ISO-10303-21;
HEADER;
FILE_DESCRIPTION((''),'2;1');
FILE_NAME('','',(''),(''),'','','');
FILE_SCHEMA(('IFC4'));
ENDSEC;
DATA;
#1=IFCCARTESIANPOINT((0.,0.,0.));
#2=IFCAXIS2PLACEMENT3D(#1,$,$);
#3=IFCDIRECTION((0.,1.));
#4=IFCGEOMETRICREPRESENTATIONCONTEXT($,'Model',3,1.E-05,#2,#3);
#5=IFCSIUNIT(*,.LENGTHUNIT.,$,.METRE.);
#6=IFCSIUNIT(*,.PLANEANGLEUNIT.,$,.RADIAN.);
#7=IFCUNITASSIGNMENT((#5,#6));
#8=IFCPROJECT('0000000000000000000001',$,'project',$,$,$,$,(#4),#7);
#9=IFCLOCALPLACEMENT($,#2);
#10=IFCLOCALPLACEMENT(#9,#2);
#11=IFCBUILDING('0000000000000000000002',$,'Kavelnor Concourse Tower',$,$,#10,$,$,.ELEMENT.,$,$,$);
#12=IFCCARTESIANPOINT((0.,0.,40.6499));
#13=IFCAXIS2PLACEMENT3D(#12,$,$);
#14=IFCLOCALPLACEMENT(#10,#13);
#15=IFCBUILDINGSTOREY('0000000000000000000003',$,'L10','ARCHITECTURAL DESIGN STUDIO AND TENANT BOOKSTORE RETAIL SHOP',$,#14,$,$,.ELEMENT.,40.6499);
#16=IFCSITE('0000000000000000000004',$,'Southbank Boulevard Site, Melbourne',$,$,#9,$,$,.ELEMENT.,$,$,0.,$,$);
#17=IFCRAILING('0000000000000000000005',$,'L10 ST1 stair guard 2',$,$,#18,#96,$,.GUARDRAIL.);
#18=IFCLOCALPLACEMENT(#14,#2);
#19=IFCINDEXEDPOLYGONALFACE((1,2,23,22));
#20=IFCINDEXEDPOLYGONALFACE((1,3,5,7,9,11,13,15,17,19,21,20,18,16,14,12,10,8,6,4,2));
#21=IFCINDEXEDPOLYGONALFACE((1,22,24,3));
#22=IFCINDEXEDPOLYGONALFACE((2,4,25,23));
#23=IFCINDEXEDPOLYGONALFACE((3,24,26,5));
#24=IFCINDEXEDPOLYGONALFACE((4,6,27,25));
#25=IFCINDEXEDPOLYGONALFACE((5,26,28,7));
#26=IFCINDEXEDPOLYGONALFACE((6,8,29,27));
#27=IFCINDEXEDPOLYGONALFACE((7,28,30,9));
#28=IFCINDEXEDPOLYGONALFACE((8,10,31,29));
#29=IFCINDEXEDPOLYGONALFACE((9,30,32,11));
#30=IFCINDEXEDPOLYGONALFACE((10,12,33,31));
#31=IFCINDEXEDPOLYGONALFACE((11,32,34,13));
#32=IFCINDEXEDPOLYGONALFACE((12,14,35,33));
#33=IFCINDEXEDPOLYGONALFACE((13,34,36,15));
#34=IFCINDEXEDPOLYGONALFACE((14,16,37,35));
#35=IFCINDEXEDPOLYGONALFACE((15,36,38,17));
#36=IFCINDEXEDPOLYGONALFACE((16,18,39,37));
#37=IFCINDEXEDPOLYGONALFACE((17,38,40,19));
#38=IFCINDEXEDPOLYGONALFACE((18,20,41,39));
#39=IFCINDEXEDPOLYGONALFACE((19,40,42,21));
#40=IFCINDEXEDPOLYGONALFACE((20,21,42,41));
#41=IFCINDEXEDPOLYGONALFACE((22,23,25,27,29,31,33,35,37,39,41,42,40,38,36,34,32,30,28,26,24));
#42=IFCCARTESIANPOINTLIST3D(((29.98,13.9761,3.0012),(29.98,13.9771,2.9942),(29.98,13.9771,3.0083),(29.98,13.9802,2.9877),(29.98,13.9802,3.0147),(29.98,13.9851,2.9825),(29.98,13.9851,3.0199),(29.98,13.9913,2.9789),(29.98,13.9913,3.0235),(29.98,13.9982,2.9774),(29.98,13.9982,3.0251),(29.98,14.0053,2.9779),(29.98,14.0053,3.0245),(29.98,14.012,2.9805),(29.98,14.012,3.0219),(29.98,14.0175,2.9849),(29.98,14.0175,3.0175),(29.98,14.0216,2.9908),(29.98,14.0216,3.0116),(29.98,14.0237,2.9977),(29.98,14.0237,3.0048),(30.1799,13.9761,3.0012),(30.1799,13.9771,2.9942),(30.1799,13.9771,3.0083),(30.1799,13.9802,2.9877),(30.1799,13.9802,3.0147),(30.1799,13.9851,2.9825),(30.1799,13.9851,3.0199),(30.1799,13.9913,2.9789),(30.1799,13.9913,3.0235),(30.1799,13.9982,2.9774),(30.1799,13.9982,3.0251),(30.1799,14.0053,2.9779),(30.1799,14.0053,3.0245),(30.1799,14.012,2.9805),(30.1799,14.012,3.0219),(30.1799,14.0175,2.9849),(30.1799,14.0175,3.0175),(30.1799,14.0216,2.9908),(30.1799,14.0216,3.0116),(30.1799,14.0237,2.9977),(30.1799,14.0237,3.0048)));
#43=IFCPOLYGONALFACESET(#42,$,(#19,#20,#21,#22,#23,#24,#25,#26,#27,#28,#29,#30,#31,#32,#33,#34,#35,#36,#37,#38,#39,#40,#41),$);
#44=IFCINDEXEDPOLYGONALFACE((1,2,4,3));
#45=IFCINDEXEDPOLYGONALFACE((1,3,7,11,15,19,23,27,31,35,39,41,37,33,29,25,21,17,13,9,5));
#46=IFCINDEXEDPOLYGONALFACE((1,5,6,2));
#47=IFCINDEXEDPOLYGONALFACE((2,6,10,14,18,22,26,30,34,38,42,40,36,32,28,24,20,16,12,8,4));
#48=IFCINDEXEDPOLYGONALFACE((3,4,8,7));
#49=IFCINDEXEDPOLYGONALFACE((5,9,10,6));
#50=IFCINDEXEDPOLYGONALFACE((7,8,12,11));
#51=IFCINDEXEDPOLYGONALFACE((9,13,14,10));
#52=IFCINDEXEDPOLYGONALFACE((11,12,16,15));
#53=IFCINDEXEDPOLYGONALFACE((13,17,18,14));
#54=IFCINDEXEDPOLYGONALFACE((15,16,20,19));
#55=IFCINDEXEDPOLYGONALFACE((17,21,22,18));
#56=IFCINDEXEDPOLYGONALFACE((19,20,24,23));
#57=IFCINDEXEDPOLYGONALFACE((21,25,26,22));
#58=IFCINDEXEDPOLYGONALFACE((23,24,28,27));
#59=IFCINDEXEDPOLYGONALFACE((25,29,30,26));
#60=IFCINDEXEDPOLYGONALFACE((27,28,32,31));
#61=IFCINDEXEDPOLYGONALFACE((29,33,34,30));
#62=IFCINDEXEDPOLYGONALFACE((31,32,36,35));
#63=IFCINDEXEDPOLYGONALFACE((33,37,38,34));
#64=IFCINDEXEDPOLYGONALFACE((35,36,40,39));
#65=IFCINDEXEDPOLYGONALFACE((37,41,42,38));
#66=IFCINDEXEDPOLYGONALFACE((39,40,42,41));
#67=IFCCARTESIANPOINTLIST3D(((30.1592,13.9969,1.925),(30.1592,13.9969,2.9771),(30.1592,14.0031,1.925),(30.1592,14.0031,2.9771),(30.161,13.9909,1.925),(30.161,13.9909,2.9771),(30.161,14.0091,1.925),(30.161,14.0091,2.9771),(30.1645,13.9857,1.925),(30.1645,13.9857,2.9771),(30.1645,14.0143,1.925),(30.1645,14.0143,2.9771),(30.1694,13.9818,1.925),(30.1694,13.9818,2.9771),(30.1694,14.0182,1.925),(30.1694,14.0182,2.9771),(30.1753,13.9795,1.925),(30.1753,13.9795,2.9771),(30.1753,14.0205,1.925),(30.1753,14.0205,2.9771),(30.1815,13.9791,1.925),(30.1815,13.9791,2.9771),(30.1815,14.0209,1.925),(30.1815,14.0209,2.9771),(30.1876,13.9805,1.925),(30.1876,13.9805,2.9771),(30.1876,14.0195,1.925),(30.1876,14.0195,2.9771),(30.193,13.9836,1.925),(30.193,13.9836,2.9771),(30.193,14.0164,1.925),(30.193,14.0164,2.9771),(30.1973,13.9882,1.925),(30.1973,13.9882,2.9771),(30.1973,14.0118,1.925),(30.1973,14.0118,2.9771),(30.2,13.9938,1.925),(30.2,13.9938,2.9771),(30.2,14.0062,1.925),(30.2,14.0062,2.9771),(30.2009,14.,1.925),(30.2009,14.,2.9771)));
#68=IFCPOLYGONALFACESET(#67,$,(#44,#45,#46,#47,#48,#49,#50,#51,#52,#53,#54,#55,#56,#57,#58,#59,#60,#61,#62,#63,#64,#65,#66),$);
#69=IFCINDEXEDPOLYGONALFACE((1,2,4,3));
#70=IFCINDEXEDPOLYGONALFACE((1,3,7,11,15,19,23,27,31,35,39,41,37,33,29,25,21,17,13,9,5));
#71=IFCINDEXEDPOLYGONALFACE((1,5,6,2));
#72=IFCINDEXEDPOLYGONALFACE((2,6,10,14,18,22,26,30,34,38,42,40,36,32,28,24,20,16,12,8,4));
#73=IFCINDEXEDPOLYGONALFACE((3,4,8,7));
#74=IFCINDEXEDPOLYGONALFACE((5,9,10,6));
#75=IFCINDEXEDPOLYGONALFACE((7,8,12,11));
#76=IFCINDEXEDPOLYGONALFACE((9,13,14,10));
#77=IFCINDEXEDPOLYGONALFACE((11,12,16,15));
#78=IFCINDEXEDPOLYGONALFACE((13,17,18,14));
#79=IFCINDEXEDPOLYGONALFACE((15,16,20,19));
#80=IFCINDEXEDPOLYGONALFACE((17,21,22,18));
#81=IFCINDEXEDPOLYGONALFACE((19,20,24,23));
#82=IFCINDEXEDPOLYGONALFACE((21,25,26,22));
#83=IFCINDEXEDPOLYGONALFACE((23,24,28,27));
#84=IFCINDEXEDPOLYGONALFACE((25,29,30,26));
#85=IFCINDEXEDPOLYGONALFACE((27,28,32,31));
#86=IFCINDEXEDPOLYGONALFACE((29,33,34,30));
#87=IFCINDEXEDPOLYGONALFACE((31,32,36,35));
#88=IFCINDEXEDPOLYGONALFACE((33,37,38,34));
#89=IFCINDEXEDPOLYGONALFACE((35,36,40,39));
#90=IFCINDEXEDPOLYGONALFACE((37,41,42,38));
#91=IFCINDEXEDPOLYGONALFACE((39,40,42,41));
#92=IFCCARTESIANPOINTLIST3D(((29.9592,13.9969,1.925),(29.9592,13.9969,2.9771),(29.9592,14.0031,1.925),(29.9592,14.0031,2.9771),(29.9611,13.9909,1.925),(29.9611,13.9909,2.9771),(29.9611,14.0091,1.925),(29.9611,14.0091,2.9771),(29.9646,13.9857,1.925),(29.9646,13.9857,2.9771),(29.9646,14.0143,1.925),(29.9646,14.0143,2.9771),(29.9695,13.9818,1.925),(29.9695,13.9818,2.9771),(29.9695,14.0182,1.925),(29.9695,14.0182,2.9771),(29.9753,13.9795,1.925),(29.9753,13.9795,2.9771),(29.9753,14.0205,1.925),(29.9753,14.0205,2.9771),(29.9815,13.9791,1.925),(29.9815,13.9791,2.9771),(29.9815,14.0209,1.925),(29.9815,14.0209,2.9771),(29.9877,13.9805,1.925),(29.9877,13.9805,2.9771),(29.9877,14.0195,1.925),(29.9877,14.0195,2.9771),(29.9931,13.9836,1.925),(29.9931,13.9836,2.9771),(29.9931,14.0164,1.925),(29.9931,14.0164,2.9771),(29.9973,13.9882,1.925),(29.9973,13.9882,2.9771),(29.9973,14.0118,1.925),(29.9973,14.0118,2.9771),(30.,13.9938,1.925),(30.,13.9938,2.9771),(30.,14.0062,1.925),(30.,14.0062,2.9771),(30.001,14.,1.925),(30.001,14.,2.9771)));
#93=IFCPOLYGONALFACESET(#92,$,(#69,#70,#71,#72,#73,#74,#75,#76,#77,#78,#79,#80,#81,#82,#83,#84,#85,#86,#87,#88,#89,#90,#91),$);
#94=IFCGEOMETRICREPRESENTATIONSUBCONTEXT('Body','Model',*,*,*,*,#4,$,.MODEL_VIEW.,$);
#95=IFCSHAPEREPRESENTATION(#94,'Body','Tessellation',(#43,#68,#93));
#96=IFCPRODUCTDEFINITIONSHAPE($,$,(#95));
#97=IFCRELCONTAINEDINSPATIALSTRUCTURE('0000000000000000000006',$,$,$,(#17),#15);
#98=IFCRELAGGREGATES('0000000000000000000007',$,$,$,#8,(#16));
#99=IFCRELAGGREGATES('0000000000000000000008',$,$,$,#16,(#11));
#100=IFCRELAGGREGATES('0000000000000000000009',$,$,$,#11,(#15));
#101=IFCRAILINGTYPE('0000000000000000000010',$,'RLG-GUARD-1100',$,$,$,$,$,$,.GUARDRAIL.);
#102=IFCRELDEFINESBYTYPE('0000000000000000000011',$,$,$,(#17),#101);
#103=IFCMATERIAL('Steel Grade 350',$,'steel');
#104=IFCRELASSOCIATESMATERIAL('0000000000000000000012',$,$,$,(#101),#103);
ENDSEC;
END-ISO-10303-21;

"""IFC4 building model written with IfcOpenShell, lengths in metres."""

from ifc_helpers import new_model, si_unit, direction, frame, origin, origin_2d, place, context, subcontext, project, spatial, circle, extrude, material, type_object, element, save


model = new_model("IFC4")

# Units and contexts
model_context = context("Model", 3, precision=1e-05, world=origin(), true_north=direction((0.0, 1.0)))
body_context = subcontext(model_context, "Body", "Model", "MODEL_VIEW")
ifc_project = project(units=[si_unit("LENGTHUNIT", "METRE"), si_unit("PLANEANGLEUNIT", "RADIAN")], contexts=[model_context])

# Site, building, storey
site_placement = place(None, origin())
site = spatial("IfcSite", under=ifc_project, at=site_placement, Name="Southbank Boulevard Site, Melbourne", CompositionType="ELEMENT", RefElevation=0.0)
building_placement = place(site_placement, origin())
building = spatial("IfcBuilding", under=site, at=building_placement, Name="Kavelnor Concourse Tower", CompositionType="ELEMENT")
storey_placement = place(building_placement, frame((0.0, 0.0, 40.6499)))
storey = spatial("IfcBuildingStorey", under=building, at=storey_placement, Name="L10", Description="ARCHITECTURAL DESIGN STUDIO AND TENANT BOOKSTORE RETAIL SHOP", CompositionType="ELEMENT", Elevation=40.6499)

# Shared definitions
ifc_material_1 = material(Name="Steel Grade 350", Category="steel")

# Railing
railing_type_1 = type_object("IfcRailingType", Name="RLG-GUARD-1100", PredefinedType="GUARDRAIL", material=ifc_material_1)
railing_1_placement = place(storey_placement, frame((30.1799, 14.0, 1.925)))
element("IfcRailing", 1, at=railing_1_placement, inside=storey, type_object=railing_type_1, Name="L10 ST1 stair guard 2", PredefinedType="GUARDRAIL", context=body_context, shape_type="SweptSolid", body=[
    extrude(circle(Radius=0.0239, at=origin_2d()), frame((0.0, 0.0, 1.0762), z_axis=(-1.0, 0.0, 0.0), x_axis=(0.0, -1.0, 0.0)), (0.0, 0.0, 1.0), 0.2),
    extrude(circle(Radius=0.021, at=origin_2d()), origin(), (0.0, 0.0, 1.0), 1.052),
    extrude(circle(Radius=0.021, at=origin_2d()), frame((-0.2, 0.0, 0.0)), (0.0, 0.0, 1.0), 1.052),
])

save(model, "model.ifc")
